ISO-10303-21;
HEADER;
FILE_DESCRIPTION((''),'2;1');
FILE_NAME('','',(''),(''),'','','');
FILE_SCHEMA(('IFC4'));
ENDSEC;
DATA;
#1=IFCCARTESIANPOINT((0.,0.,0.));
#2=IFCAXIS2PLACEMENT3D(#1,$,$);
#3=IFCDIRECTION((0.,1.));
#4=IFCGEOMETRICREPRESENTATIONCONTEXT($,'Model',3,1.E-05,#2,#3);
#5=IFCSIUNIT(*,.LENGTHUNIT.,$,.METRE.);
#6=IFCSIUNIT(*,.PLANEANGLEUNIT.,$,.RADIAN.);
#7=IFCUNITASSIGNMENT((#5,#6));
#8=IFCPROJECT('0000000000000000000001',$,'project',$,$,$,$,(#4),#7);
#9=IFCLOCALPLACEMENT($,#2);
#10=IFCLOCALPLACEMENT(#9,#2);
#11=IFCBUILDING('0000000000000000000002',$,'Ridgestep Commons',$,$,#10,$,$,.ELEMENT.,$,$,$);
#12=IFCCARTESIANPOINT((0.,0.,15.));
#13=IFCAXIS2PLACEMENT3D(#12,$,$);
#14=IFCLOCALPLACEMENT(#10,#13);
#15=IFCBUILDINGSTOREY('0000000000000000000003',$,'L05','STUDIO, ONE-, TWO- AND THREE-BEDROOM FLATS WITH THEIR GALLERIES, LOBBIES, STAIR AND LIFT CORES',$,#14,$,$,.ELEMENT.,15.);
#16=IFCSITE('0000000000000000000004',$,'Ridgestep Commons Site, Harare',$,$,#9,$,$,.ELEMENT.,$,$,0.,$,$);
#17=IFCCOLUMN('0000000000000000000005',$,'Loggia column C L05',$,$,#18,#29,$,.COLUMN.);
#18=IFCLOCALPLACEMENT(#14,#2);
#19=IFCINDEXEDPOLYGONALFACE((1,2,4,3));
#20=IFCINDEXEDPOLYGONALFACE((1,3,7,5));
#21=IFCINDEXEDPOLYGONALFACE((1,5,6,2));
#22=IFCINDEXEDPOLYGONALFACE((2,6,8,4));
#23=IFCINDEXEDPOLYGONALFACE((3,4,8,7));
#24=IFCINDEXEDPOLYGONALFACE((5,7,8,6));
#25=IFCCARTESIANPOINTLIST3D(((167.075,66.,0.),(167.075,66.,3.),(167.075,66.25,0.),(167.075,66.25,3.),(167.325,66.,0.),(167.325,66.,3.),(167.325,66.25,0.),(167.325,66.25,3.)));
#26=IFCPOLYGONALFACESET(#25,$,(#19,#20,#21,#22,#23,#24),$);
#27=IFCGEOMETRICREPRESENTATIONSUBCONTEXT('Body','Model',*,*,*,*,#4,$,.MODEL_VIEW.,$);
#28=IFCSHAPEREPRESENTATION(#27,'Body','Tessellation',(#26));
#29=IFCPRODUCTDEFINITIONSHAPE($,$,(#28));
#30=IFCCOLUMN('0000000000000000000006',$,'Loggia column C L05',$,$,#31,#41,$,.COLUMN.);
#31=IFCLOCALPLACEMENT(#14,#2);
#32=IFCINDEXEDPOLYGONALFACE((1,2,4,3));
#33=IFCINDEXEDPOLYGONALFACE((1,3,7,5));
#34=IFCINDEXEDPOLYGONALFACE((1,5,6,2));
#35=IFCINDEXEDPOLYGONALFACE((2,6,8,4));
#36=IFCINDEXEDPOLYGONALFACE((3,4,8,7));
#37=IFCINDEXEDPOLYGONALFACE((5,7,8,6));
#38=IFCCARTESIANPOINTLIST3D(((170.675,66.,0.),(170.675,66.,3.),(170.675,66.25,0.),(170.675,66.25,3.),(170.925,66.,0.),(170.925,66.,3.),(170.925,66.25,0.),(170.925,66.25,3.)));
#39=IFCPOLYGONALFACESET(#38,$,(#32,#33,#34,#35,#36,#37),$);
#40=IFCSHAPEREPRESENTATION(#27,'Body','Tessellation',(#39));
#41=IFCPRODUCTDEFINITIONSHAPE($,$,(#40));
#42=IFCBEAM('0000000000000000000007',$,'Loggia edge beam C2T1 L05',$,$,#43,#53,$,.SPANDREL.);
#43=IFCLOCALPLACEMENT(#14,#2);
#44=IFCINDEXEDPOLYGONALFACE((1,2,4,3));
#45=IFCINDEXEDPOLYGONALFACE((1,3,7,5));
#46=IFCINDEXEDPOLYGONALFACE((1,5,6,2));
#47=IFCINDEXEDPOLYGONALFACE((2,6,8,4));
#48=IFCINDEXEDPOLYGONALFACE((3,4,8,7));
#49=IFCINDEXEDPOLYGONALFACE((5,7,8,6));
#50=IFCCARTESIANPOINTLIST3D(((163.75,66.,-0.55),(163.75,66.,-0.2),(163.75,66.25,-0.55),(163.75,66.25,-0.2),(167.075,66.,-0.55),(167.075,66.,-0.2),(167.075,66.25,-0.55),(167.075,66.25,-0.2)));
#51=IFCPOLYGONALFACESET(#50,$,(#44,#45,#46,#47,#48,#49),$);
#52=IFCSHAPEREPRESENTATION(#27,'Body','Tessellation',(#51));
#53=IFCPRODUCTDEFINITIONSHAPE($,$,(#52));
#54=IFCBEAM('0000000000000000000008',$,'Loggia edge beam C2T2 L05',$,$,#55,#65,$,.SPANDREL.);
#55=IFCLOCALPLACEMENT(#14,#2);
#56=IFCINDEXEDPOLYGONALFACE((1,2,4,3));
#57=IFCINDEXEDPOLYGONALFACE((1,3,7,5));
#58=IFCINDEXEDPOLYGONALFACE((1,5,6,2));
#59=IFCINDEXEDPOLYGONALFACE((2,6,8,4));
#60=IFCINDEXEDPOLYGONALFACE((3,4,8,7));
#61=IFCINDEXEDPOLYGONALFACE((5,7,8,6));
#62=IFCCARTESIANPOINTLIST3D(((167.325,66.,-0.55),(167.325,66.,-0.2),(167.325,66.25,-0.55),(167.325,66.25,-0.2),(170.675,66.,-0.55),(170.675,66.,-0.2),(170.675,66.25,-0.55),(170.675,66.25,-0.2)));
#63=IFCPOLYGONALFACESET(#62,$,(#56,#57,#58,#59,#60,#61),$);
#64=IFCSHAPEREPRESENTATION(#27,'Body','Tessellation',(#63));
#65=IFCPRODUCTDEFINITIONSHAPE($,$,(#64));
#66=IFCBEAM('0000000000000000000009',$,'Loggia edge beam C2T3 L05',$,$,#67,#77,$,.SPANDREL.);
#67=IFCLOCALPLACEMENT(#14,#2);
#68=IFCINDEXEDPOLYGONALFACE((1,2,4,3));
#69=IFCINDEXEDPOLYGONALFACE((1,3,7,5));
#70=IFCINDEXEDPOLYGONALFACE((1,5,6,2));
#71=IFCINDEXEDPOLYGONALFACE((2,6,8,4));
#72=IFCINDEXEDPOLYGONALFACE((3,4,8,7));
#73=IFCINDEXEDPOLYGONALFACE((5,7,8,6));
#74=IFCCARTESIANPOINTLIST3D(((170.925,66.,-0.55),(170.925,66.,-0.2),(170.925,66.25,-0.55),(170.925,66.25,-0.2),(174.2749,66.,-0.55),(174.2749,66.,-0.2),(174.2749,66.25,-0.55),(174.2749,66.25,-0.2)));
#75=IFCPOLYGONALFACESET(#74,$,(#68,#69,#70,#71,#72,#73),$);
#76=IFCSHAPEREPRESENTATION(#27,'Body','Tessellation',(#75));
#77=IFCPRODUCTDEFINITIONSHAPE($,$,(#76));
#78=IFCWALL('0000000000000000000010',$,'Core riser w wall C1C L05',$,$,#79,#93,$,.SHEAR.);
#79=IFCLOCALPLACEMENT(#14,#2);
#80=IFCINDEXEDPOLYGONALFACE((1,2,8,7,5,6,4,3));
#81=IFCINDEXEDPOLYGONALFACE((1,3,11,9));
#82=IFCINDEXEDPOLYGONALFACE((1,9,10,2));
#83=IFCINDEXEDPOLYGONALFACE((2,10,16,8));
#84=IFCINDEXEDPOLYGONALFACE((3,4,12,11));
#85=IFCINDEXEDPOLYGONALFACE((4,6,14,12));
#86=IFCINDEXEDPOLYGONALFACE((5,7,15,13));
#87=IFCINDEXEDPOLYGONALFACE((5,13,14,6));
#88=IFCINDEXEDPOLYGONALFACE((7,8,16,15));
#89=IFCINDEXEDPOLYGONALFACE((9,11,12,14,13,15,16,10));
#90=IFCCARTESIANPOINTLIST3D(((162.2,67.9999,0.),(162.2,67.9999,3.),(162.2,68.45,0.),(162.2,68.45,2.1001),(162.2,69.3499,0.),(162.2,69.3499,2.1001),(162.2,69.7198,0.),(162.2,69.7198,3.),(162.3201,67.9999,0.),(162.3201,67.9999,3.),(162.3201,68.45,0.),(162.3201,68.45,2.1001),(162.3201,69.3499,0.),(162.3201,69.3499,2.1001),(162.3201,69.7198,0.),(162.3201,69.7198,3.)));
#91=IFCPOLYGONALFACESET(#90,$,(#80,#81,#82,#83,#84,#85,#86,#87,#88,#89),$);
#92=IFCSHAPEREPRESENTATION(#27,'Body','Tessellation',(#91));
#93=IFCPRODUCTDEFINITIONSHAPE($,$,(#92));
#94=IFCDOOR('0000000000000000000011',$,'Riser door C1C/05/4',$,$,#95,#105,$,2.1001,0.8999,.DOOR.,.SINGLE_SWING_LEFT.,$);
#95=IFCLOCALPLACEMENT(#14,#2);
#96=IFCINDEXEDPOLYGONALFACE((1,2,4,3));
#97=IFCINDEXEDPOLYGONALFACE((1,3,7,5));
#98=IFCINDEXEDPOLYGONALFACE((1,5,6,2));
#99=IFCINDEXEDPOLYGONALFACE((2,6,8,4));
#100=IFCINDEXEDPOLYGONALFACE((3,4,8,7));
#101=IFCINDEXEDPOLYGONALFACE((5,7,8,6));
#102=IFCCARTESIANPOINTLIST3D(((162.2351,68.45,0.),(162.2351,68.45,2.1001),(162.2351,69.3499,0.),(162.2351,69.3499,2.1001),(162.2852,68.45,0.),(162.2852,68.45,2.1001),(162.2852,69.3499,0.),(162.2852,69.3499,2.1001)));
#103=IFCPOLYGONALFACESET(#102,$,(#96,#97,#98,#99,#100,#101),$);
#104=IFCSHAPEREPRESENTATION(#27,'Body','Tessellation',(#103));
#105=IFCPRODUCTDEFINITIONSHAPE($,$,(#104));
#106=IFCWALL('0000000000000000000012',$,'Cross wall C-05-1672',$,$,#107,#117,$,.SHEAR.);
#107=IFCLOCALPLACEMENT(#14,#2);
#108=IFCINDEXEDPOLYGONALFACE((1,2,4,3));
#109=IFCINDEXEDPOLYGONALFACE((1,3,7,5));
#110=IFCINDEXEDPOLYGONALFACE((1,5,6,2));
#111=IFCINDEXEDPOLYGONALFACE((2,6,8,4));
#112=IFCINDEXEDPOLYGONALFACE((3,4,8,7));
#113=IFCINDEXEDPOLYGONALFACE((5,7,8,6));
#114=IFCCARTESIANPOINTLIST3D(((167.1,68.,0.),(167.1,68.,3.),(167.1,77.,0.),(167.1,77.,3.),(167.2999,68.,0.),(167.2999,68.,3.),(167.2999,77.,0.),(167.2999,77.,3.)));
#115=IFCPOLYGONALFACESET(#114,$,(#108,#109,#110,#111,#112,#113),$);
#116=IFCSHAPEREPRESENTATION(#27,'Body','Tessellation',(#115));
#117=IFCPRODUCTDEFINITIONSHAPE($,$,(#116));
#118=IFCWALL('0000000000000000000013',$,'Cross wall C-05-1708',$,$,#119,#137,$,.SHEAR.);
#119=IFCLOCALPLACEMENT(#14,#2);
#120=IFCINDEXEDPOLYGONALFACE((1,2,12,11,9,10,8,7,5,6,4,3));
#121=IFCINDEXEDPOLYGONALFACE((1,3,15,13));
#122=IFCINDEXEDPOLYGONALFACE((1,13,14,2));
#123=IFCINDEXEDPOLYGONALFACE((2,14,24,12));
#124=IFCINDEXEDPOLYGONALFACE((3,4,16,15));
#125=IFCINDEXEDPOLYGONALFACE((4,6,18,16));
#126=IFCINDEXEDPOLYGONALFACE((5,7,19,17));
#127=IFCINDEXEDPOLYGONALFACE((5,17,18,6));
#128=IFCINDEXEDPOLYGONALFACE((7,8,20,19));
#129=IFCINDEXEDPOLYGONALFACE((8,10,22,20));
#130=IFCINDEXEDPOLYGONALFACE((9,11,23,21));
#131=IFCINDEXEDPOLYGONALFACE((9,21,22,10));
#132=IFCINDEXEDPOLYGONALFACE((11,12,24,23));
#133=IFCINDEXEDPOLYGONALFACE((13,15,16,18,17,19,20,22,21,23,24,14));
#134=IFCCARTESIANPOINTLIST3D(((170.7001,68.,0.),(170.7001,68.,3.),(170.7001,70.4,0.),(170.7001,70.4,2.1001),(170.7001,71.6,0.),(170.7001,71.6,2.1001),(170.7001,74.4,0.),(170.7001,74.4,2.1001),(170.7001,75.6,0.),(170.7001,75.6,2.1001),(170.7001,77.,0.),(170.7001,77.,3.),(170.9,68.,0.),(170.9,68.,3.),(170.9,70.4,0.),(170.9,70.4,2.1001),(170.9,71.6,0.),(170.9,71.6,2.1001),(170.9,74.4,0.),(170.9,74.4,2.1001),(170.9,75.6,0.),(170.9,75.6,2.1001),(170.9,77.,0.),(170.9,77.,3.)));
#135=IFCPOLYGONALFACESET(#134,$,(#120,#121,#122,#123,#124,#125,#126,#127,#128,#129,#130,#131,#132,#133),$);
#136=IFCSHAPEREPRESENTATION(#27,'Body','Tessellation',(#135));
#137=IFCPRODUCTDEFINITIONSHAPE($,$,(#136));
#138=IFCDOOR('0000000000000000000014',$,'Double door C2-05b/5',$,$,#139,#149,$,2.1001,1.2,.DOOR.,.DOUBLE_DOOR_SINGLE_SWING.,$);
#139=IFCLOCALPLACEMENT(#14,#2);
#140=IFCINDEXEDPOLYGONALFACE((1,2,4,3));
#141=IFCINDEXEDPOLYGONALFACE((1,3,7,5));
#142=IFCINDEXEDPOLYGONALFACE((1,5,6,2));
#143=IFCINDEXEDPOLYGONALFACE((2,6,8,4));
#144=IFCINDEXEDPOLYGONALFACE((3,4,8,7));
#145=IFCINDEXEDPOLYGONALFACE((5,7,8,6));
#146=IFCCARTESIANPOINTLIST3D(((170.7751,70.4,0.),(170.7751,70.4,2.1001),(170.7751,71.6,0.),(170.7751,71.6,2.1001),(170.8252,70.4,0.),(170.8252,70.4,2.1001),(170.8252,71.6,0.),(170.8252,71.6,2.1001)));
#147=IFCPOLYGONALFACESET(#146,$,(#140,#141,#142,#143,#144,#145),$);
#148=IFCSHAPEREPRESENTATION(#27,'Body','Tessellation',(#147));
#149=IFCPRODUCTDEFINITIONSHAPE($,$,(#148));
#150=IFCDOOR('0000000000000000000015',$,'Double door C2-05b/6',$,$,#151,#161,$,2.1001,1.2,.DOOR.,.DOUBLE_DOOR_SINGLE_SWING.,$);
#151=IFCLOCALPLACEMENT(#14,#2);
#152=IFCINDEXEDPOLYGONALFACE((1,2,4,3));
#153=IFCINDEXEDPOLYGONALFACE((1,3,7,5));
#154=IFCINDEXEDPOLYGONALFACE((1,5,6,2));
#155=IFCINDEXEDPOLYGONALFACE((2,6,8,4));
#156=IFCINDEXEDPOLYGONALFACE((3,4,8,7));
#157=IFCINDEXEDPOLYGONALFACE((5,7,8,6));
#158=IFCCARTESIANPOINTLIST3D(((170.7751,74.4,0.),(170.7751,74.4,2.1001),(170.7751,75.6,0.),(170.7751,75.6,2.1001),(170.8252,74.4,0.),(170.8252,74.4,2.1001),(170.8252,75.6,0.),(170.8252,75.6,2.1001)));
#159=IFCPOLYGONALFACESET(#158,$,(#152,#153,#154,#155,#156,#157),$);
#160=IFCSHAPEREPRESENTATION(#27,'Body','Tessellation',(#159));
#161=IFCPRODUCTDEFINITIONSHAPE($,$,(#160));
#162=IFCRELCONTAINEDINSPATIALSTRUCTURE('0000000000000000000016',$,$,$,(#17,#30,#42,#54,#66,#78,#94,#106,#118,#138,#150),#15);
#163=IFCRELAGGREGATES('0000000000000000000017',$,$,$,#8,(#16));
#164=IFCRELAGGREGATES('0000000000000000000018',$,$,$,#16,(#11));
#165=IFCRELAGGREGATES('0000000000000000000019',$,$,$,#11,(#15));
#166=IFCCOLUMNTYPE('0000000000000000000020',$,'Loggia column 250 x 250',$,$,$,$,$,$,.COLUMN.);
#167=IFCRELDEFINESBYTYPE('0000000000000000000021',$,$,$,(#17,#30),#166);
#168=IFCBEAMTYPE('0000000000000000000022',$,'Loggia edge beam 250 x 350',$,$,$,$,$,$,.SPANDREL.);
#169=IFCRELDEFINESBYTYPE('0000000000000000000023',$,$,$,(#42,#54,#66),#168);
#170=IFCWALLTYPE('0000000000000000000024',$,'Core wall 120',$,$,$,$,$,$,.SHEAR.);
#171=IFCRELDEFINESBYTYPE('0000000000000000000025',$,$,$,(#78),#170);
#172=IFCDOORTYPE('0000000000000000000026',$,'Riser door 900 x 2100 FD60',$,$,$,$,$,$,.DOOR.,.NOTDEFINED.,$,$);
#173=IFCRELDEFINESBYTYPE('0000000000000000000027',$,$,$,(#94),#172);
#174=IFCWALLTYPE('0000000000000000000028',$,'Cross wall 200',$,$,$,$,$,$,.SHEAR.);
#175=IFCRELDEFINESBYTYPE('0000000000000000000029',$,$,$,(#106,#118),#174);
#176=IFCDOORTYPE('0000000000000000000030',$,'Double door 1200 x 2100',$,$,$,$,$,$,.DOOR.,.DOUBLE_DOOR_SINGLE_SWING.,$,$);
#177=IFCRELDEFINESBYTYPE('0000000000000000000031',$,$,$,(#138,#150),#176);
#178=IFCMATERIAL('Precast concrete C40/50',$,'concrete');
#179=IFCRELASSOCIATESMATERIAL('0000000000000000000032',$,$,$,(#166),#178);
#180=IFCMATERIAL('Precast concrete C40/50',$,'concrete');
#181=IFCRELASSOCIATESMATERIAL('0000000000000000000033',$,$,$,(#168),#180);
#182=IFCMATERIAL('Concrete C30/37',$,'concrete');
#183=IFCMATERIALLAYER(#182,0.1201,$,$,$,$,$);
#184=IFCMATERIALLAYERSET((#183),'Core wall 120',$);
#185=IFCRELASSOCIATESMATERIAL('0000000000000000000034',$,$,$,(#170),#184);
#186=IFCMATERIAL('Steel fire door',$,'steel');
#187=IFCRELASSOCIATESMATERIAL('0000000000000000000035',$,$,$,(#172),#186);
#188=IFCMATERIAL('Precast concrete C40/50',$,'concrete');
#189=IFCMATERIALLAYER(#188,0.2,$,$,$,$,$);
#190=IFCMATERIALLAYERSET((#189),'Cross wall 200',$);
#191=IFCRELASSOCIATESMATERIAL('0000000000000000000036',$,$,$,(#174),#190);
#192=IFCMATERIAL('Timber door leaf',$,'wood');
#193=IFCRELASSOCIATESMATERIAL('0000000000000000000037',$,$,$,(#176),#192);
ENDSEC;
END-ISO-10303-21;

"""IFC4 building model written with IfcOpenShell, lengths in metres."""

from ifc_helpers import new_model, si_unit, direction, frame, frame_2d, origin, origin_2d, place, context, subcontext, project, spatial, rectangle, extrude, material, layer, layer_set, material_profile, profile_set, type_object, element, fill, save


model = new_model("IFC4")

# Units and contexts
model_context = context("Model", 3, precision=1e-05, world=origin(), true_north=direction((0.0, 1.0)))
body_context = subcontext(model_context, "Body", "Model", "MODEL_VIEW")
ifc_project = project(units=[si_unit("LENGTHUNIT", "METRE"), si_unit("PLANEANGLEUNIT", "RADIAN")], contexts=[model_context])

# Site, building, storey
site_placement = place(None, origin())
site = spatial("IfcSite", under=ifc_project, at=site_placement, Name="Ridgestep Commons Site, Harare", CompositionType="ELEMENT", RefElevation=0.0)
building_placement = place(site_placement, origin())
building = spatial("IfcBuilding", under=site, at=building_placement, Name="Ridgestep Commons", CompositionType="ELEMENT")
storey_placement = place(building_placement, frame((0.0, 0.0, 15.0)))
storey = spatial("IfcBuildingStorey", under=building, at=storey_placement, Name="L05", Description="STUDIO, ONE-, TWO- AND THREE-BEDROOM FLATS WITH THEIR GALLERIES, LOBBIES, STAIR AND LIFT CORES", CompositionType="ELEMENT", Elevation=15.0)

# Columns
ifc_material_1 = material(Name="Precast concrete C40/50", Category="concrete")
ifc_material_profile_1 = material_profile(ifc_material_1, rectangle(XDim=0.25, YDim=0.25, at=origin_2d()), Name="PC 250x250")
ifc_profile_set_1 = profile_set([ifc_material_profile_1], Name="Precast concrete C40/50")
column_type = type_object("IfcColumnType", Name="Loggia column 250 x 250", PredefinedType="COLUMN", material=ifc_profile_set_1)
for number, where, z_axis, x_axis, name in (
    (1, (167.2, 66.125, 0.0), (0.0, 0.0, 1.0), (1.0, 0.0, 0.0), "Loggia column C L05"),
    (2, (170.8, 66.125, 0.0), (0.0, 0.0, 1.0), (1.0, 0.0, 0.0), "Loggia column C L05"),
):
    element("IfcColumn", number, at=place(storey_placement, frame(where, z_axis=z_axis, x_axis=x_axis)), inside=storey, type_object=column_type, Name=name, PredefinedType="COLUMN", context=body_context, shape_type="SweptSolid", body=[
        extrude(rectangle(XDim=0.25, YDim=0.25, at=origin_2d()), origin(), (0.0, 0.0, 1.0), 3.0),
    ])

# Beams
ifc_material_2 = material(Name="Precast concrete C40/50", Category="concrete")
ifc_material_profile_2 = material_profile(ifc_material_2, rectangle(XDim=0.25, YDim=0.3501, at=origin_2d()), Name="PC 250x350")
ifc_profile_set_2 = profile_set([ifc_material_profile_2], Name="Precast concrete C40/50")
beam_type = type_object("IfcBeamType", Name="Loggia edge beam 250 x 350", PredefinedType="SPANDREL", material=ifc_profile_set_2)
beam_1_placement = place(storey_placement, frame((163.75, 66.125, -0.375), z_axis=(1.0, 0.0, 0.0), x_axis=(0.0, 1.0, 0.0)))
element("IfcBeam", 3, at=beam_1_placement, inside=storey, type_object=beam_type, Name="Loggia edge beam C2T1 L05", PredefinedType="SPANDREL", context=body_context, shape_type="SweptSolid", body=[
    extrude(rectangle(XDim=0.25, YDim=0.3501, at=origin_2d()), origin(), (0.0, 0.0, 1.0), 3.325),
])
beam_2_placement = place(storey_placement, frame((167.325, 66.125, -0.375), z_axis=(1.0, 0.0, 0.0), x_axis=(0.0, 1.0, 0.0)))
element("IfcBeam", 4, at=beam_2_placement, inside=storey, type_object=beam_type, Name="Loggia edge beam C2T2 L05", PredefinedType="SPANDREL", context=body_context, shape_type="SweptSolid", body=[
    extrude(rectangle(XDim=0.25, YDim=0.3501, at=origin_2d()), origin(), (0.0, 0.0, 1.0), 3.3501),
])
beam_3_placement = place(storey_placement, frame((170.925, 66.125, -0.375), z_axis=(1.0, 0.0, 0.0), x_axis=(0.0, 1.0, 0.0)))
element("IfcBeam", 5, at=beam_3_placement, inside=storey, type_object=beam_type, Name="Loggia edge beam C2T3 L05", PredefinedType="SPANDREL", context=body_context, shape_type="SweptSolid", body=[
    extrude(rectangle(XDim=0.25, YDim=0.3501, at=origin_2d()), origin(), (0.0, 0.0, 1.0), 3.3499),
])

# Wall, opening, door
ifc_material_3 = material(Name="Concrete C30/37", Category="concrete")
ifc_layer_1 = layer(ifc_material_3, 0.1201)
ifc_layer_set_1 = layer_set([ifc_layer_1], Name="Core wall 120")
wall_type_1 = type_object("IfcWallType", Name="Core wall 120", PredefinedType="SHEAR", material=ifc_layer_set_1)
wall_1_placement = place(storey_placement, frame((162.26, 68.0, 0.0), z_axis=(0.0, 0.0, 1.0), x_axis=(0.0, 1.0, 0.0)))
wall_1 = element("IfcWall", 6, at=wall_1_placement, inside=storey, type_object=wall_type_1, Name="Core riser w wall C1C L05", PredefinedType="SHEAR", context=body_context, shape_type="SweptSolid", body=[
    extrude(rectangle(XDim=1.72, YDim=0.1201, at=frame_2d((0.8599, 0.0))), origin(), (0.0, 0.0, 1.0), 3.0),
])
opening_1_placement = place(wall_1_placement, frame((0.45, 0.0, 0.0)))
opening_1 = element("IfcOpeningElement", 7, at=opening_1_placement, cuts=wall_1, PredefinedType="OPENING", context=body_context, shape_type="SweptSolid", body=[
    extrude(rectangle(XDim=0.8999, YDim=2.1001, at=frame_2d((0.45, 1.05))), frame((0.0, 0.0701, 0.0), z_axis=(0.0, -1.0, 0.0), x_axis=(1.0, 0.0, 0.0)), (0.0, 0.0, 1.0), 0.1401),
])
ifc_material_4 = material(Name="Steel fire door", Category="steel")
door_type_1 = type_object("IfcDoorType", Name="Riser door 900 x 2100 FD60", OperationType="NOTDEFINED", PredefinedType="DOOR", material=ifc_material_4)
door_1_placement = place(opening_1_placement, origin())
door_1 = element("IfcDoor", 8, at=door_1_placement, inside=storey, type_object=door_type_1, Name="Riser door C1C/05/4", OperationType="SINGLE_SWING_LEFT", OverallHeight=2.1001, OverallWidth=0.8999, PredefinedType="DOOR", context=body_context, shape_type="SweptSolid", body=[
    extrude(rectangle(XDim=0.8999, YDim=2.1001, at=frame_2d((0.45, 1.05))), frame((0.0, 0.0249, 0.0), z_axis=(0.0, -1.0, 0.0), x_axis=(1.0, 0.0, 0.0)), (0.0, 0.0, 1.0), 0.05),
])
fill(opening_1, door_1)

# Wall
ifc_material_5 = material(Name="Precast concrete C40/50", Category="concrete")
ifc_layer_2 = layer(ifc_material_5, 0.2)
ifc_layer_set_2 = layer_set([ifc_layer_2], Name="Cross wall 200")
wall_type_2 = type_object("IfcWallType", Name="Cross wall 200", PredefinedType="SHEAR", material=ifc_layer_set_2)
wall_2_placement = place(storey_placement, frame((167.2, 68.0, 0.0), z_axis=(0.0, 0.0, 1.0), x_axis=(0.0, 1.0, 0.0)))
element("IfcWall", 9, at=wall_2_placement, inside=storey, type_object=wall_type_2, Name="Cross wall C-05-1672", PredefinedType="SHEAR", context=body_context, shape_type="SweptSolid", body=[
    extrude(rectangle(XDim=9.0, YDim=0.2, at=frame_2d((4.5, 0.0))), origin(), (0.0, 0.0, 1.0), 3.0),
])

# Wall, openings, doors
wall_3_placement = place(storey_placement, frame((170.8, 68.0, 0.0), z_axis=(0.0, 0.0, 1.0), x_axis=(0.0, 1.0, 0.0)))
wall_3 = element("IfcWall", 10, at=wall_3_placement, inside=storey, type_object=wall_type_2, Name="Cross wall C-05-1708", PredefinedType="SHEAR", context=body_context, shape_type="SweptSolid", body=[
    extrude(rectangle(XDim=9.0, YDim=0.2, at=frame_2d((4.5, 0.0))), origin(), (0.0, 0.0, 1.0), 3.0),
])
opening_2_placement = place(wall_3_placement, frame((2.3999, 0.0, 0.0)))
opening_2 = element("IfcOpeningElement", 11, at=opening_2_placement, cuts=wall_3, PredefinedType="OPENING", context=body_context, shape_type="SweptSolid", body=[
    extrude(rectangle(XDim=1.2, YDim=2.1001, at=frame_2d((0.6001, 1.05))), frame((0.0, 0.1099, 0.0), z_axis=(0.0, -1.0, 0.0), x_axis=(1.0, 0.0, 0.0)), (0.0, 0.0, 1.0), 0.22),
])
opening_3_placement = place(wall_3_placement, frame((6.3999, 0.0, 0.0)))
opening_3 = element("IfcOpeningElement", 12, at=opening_3_placement, cuts=wall_3, PredefinedType="OPENING", context=body_context, shape_type="SweptSolid", body=[
    extrude(rectangle(XDim=1.2, YDim=2.1001, at=frame_2d((0.6001, 1.05))), frame((0.0, 0.1099, 0.0), z_axis=(0.0, -1.0, 0.0), x_axis=(1.0, 0.0, 0.0)), (0.0, 0.0, 1.0), 0.22),
])
ifc_material_6 = material(Name="Timber door leaf", Category="wood")
door_type_2 = type_object("IfcDoorType", Name="Double door 1200 x 2100", OperationType="DOUBLE_DOOR_SINGLE_SWING", PredefinedType="DOOR", material=ifc_material_6)
door_2_placement = place(opening_2_placement, origin())
door_2 = element("IfcDoor", 13, at=door_2_placement, inside=storey, type_object=door_type_2, Name="Double door C2-05b/5", OperationType="DOUBLE_DOOR_SINGLE_SWING", OverallHeight=2.1001, OverallWidth=1.2, PredefinedType="DOOR", context=body_context, shape_type="SweptSolid", body=[
    extrude(rectangle(XDim=1.2, YDim=2.1001, at=frame_2d((0.6001, 1.05))), frame((0.0, 0.0249, 0.0), z_axis=(0.0, -1.0, 0.0), x_axis=(1.0, 0.0, 0.0)), (0.0, 0.0, 1.0), 0.05),
])
fill(opening_2, door_2)
door_3_placement = place(opening_3_placement, origin())
door_3 = element("IfcDoor", 14, at=door_3_placement, inside=storey, type_object=door_type_2, Name="Double door C2-05b/6", OperationType="DOUBLE_DOOR_SINGLE_SWING", OverallHeight=2.1001, OverallWidth=1.2, PredefinedType="DOOR", context=body_context, shape_type="SweptSolid", body=[
    extrude(rectangle(XDim=1.2, YDim=2.1001, at=frame_2d((0.6001, 1.05))), frame((0.0, 0.0249, 0.0), z_axis=(0.0, -1.0, 0.0), x_axis=(1.0, 0.0, 0.0)), (0.0, 0.0, 1.0), 0.05),
])
fill(opening_3, door_3)

save(model, "model.ifc")
